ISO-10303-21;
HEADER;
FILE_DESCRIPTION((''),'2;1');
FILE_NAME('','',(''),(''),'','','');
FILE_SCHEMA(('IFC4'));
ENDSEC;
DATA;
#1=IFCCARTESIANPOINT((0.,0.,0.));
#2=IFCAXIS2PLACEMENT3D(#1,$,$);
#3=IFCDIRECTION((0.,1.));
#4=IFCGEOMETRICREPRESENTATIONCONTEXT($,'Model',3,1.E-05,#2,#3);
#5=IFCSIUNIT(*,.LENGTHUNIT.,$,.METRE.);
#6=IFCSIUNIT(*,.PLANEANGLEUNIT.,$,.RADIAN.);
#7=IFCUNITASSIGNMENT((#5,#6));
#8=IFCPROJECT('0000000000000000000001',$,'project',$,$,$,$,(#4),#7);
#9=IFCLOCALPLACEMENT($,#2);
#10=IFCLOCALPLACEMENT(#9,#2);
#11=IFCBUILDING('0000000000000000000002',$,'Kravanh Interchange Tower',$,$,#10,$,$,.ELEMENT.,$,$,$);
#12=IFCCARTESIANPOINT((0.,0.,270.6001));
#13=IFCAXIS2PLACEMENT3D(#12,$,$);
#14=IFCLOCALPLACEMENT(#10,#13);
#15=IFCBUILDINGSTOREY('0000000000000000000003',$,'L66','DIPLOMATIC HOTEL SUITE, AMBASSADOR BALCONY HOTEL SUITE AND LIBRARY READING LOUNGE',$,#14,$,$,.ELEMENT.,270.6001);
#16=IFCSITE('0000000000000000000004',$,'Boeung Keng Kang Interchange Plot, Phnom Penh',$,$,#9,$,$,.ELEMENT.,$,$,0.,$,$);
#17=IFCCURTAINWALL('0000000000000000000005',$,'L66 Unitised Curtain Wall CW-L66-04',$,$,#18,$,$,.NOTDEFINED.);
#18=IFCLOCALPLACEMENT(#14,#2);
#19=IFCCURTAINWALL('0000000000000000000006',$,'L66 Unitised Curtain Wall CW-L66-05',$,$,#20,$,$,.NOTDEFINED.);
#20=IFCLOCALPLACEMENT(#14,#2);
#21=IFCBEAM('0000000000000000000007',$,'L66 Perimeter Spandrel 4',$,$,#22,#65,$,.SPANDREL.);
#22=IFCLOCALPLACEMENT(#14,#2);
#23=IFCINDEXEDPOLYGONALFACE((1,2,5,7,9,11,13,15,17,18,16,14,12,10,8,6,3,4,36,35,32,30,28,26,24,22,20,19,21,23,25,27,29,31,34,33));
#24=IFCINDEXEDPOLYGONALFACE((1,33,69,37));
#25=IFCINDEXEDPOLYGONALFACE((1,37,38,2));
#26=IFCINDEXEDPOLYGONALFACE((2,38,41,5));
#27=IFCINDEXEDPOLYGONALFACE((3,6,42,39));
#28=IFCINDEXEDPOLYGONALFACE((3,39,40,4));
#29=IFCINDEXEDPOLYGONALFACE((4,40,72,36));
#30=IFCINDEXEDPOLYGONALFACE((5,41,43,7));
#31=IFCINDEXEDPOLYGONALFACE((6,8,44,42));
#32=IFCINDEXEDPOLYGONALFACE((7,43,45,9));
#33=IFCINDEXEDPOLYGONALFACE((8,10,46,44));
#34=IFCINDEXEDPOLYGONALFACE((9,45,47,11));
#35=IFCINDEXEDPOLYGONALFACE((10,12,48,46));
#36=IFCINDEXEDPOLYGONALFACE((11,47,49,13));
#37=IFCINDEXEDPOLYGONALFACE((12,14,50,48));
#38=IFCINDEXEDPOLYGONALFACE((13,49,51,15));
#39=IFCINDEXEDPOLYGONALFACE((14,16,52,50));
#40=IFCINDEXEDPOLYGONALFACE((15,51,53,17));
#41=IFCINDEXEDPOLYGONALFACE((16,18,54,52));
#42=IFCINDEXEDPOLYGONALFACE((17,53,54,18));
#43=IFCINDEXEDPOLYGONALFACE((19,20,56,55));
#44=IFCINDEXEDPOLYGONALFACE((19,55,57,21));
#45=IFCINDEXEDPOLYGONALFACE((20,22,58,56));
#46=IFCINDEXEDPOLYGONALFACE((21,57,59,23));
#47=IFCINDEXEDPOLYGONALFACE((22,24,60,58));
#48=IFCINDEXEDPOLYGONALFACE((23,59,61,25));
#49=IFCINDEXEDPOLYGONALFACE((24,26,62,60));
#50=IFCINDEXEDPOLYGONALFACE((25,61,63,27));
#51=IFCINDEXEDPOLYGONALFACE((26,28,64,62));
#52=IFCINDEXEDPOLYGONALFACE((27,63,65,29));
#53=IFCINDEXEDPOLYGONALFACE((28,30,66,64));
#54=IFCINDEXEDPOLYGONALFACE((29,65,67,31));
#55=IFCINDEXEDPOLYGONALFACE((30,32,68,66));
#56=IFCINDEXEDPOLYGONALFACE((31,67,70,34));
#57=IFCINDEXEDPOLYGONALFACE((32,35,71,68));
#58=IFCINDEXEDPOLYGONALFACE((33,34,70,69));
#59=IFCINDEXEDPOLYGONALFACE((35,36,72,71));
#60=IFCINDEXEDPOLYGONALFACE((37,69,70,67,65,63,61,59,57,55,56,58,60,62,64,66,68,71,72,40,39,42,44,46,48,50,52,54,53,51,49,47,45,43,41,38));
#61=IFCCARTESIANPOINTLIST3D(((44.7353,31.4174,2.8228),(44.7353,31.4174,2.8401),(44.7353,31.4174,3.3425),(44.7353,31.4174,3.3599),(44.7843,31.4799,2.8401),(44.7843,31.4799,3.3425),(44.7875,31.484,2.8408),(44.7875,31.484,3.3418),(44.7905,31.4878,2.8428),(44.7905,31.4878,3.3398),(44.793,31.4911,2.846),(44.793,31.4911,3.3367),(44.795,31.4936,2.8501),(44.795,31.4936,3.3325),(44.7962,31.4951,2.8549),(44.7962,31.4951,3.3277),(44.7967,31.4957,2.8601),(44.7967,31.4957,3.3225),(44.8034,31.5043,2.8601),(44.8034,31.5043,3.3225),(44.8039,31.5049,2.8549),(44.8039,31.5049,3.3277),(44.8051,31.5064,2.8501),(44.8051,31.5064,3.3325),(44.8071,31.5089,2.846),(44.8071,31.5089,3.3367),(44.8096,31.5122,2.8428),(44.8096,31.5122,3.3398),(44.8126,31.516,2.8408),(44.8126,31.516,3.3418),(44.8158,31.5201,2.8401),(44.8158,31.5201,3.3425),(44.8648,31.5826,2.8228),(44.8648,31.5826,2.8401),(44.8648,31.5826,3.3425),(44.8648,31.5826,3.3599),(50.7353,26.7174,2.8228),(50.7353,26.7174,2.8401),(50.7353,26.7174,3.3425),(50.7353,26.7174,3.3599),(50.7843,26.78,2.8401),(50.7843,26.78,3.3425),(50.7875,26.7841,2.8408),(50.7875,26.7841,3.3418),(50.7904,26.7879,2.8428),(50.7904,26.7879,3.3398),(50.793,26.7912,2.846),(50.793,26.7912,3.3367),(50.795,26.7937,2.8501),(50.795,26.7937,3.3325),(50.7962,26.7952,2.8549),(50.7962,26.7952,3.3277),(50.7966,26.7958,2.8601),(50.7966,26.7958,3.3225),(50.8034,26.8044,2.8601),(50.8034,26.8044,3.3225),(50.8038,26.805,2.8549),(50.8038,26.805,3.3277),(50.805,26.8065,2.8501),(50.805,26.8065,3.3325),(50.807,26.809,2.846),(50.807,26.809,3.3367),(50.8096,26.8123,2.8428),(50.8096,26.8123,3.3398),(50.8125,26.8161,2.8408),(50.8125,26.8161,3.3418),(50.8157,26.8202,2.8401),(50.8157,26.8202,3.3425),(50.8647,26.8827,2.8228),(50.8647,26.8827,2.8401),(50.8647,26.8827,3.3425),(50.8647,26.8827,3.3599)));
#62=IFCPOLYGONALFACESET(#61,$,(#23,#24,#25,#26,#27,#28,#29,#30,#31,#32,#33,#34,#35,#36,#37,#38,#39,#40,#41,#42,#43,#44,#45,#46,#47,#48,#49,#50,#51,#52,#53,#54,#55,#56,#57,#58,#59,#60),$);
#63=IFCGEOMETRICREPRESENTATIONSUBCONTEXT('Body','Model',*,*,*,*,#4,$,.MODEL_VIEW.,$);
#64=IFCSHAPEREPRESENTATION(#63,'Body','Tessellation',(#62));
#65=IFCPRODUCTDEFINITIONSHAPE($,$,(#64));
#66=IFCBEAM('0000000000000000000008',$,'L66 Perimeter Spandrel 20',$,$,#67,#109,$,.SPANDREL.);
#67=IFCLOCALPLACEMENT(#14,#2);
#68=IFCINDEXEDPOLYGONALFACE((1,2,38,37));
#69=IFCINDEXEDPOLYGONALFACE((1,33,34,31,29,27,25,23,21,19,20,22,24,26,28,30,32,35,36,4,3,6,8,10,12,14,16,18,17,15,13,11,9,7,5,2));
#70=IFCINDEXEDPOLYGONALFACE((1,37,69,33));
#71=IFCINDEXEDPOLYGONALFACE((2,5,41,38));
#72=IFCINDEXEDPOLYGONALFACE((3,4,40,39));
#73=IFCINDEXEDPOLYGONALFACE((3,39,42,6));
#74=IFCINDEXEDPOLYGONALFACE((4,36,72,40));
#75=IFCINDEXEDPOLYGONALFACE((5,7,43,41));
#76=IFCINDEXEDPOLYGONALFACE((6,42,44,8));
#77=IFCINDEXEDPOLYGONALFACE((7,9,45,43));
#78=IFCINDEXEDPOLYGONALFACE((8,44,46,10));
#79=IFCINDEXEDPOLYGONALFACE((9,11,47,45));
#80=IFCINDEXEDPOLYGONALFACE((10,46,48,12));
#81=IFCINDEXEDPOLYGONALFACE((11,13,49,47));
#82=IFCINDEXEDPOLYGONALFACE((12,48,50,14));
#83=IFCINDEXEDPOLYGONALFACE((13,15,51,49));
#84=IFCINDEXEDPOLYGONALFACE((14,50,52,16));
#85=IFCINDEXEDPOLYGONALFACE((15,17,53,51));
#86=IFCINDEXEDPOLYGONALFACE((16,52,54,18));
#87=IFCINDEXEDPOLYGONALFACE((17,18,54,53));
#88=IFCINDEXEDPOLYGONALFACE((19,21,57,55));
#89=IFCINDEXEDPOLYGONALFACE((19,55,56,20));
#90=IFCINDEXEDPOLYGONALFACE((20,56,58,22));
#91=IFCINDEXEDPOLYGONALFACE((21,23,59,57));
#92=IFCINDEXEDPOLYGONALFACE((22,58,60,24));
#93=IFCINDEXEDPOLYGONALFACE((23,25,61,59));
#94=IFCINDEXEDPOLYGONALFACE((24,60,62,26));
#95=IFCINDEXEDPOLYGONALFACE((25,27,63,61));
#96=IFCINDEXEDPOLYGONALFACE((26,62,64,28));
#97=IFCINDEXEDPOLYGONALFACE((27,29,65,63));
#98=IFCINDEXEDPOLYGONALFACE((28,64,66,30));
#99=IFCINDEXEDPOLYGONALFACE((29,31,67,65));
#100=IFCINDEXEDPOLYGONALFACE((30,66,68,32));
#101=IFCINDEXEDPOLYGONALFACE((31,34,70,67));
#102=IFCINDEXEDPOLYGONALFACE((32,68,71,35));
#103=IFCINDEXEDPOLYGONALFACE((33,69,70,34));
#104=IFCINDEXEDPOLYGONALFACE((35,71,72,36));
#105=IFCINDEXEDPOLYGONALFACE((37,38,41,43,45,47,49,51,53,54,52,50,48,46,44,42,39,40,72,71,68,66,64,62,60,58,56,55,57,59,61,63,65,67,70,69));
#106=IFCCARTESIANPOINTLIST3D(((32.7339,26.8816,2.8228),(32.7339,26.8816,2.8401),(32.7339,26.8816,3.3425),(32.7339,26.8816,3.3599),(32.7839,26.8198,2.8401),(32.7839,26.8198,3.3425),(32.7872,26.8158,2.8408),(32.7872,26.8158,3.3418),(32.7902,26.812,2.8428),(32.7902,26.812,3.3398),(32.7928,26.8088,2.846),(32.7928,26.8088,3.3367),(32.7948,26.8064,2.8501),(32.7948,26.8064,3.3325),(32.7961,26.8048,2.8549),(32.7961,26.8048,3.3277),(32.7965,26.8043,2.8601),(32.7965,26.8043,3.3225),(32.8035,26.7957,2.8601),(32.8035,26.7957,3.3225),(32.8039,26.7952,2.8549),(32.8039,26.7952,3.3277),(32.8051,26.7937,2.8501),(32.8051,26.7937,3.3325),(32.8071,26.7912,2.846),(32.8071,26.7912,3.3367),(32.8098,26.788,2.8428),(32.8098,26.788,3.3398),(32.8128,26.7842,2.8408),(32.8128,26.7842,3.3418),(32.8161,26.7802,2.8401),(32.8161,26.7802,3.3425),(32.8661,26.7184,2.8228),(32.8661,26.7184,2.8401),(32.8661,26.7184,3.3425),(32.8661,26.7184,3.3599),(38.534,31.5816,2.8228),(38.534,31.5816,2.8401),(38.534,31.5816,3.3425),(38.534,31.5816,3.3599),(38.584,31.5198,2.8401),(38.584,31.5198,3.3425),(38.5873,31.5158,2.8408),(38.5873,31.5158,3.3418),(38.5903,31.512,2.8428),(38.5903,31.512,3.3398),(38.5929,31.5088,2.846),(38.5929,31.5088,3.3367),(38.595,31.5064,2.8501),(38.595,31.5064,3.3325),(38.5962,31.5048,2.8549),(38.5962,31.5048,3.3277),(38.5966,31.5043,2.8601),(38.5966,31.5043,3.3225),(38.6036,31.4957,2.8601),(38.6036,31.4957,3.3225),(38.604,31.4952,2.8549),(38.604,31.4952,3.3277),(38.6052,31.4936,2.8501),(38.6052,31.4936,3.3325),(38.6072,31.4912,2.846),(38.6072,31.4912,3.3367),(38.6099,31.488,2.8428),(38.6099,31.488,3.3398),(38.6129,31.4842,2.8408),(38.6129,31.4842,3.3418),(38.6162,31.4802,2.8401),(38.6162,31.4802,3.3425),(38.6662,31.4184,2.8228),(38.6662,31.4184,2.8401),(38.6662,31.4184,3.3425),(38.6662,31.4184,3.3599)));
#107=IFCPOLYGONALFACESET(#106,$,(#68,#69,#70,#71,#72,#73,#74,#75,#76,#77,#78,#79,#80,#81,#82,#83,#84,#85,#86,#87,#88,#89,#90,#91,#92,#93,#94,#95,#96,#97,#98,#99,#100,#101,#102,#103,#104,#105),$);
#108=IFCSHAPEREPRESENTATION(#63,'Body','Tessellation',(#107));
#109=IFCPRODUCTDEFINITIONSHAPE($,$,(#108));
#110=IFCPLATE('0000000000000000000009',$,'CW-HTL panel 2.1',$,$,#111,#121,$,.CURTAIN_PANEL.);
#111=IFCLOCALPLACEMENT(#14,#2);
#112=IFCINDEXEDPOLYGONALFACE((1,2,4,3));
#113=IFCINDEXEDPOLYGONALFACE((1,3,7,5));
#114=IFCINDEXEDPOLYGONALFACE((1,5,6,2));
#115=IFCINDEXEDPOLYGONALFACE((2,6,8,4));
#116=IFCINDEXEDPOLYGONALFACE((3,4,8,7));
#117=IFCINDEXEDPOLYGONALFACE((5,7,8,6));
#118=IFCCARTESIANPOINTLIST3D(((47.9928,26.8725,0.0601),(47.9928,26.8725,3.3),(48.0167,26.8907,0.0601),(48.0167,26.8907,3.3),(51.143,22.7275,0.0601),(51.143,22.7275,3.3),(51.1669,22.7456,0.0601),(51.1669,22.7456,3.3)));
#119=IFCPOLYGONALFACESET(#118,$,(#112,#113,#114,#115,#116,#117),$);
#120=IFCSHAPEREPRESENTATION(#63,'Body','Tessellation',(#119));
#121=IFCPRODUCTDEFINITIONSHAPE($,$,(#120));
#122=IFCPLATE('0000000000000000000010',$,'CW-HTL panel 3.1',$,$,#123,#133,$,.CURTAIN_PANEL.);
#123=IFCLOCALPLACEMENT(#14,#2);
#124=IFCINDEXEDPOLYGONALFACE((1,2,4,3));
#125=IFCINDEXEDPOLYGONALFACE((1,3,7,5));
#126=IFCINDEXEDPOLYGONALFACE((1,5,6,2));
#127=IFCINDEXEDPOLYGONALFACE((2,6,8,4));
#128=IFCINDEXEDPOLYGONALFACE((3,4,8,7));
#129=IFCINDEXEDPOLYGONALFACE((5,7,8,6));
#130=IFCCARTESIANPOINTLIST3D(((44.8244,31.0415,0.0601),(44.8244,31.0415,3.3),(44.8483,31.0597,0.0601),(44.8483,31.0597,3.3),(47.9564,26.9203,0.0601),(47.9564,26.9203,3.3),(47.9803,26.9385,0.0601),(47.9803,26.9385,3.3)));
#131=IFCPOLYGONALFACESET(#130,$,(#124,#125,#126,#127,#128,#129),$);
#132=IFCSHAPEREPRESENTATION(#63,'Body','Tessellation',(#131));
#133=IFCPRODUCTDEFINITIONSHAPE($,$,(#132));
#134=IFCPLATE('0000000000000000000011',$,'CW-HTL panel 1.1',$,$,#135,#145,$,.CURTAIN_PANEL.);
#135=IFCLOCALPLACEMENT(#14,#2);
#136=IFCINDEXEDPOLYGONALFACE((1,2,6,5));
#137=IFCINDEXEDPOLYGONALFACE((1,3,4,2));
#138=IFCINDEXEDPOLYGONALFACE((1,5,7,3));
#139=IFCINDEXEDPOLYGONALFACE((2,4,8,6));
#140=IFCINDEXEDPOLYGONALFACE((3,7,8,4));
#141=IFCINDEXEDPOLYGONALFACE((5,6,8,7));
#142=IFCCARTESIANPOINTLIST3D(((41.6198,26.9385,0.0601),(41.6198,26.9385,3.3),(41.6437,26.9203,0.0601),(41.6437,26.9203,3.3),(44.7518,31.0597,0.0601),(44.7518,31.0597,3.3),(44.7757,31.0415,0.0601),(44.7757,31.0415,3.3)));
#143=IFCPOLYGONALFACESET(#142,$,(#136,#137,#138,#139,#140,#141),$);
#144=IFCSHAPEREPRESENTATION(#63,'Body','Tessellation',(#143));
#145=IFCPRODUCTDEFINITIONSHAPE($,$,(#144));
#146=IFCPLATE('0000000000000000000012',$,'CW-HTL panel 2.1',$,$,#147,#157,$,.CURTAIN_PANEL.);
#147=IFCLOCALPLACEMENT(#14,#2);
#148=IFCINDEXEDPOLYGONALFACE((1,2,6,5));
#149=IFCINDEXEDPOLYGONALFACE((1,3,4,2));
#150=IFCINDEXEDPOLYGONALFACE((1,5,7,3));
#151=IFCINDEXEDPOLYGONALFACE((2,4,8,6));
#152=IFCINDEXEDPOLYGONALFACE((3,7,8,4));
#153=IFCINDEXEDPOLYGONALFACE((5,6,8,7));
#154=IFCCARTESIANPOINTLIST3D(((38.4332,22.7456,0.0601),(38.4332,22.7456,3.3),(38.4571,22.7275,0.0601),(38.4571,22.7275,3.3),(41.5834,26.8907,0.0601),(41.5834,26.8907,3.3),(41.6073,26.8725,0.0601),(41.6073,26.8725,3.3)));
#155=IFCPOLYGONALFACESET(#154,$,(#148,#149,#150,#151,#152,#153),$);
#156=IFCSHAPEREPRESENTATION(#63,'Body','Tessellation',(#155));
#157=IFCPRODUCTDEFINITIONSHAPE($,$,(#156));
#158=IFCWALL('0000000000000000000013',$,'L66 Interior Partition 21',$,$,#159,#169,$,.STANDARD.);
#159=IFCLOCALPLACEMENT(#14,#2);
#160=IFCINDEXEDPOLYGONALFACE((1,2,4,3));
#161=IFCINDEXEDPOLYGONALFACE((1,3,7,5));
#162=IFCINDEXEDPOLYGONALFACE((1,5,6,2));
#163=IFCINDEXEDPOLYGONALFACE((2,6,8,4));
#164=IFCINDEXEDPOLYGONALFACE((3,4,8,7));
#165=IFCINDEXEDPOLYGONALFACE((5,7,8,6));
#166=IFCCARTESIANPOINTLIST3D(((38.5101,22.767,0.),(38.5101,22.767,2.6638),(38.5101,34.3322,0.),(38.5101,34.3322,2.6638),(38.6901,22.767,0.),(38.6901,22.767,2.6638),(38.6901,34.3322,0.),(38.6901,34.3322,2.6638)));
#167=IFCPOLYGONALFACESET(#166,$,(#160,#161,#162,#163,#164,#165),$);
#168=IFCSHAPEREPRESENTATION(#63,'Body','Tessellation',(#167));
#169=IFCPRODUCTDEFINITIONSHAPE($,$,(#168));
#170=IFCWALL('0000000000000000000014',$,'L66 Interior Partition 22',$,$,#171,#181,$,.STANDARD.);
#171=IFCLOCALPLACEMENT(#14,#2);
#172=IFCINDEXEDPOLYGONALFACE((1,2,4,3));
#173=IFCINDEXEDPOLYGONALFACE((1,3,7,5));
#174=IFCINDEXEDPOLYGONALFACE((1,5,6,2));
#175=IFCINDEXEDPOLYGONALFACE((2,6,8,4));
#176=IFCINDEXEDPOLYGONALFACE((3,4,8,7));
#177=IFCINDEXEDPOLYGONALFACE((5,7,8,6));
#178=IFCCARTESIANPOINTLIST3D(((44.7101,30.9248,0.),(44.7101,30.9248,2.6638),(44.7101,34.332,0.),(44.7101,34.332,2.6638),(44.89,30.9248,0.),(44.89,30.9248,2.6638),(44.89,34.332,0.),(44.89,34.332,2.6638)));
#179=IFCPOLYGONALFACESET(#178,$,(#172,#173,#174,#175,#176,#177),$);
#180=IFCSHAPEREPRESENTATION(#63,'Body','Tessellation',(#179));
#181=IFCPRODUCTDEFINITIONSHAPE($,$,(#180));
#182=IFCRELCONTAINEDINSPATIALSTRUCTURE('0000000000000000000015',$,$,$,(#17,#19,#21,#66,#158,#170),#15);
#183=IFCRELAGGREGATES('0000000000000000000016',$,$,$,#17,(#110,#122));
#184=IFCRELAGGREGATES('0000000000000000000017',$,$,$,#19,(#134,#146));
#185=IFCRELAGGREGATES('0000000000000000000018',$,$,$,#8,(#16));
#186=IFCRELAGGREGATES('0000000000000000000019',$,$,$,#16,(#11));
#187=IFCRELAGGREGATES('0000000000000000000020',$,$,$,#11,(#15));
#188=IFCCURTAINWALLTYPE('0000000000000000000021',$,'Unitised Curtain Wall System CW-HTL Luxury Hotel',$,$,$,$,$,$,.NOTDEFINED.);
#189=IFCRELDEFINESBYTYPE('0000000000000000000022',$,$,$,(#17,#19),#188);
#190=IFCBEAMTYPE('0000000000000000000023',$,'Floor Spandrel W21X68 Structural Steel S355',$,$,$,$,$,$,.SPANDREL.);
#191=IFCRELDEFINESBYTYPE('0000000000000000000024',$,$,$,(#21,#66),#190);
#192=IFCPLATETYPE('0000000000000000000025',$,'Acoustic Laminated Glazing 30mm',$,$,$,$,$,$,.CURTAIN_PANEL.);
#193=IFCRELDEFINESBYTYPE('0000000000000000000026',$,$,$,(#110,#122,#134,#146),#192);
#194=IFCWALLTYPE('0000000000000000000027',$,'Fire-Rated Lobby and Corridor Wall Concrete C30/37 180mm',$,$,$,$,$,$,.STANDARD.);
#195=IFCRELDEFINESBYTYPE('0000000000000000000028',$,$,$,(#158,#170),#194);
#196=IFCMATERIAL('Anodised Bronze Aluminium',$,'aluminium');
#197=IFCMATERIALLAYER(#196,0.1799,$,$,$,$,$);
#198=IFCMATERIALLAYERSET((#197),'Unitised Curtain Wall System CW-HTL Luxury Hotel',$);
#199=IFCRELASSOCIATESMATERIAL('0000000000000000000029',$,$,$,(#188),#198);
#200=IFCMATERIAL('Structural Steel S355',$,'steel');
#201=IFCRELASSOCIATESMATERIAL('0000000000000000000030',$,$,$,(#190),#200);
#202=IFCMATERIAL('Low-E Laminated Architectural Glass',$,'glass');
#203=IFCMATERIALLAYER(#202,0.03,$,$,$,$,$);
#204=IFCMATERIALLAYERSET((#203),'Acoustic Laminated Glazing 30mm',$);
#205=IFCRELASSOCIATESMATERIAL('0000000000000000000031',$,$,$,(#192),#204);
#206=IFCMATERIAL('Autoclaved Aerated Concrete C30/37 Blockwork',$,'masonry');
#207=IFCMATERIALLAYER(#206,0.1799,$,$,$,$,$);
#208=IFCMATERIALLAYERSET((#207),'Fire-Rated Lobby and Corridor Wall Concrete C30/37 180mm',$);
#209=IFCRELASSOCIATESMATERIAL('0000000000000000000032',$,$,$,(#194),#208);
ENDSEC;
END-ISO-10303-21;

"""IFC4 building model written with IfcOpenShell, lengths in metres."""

from ifc_helpers import new_model, si_unit, direction, frame, frame_2d, origin, origin_2d, place, context, subcontext, project, spatial, rectangle, i_section, extrude, material, layer, layer_set, material_profile, profile_set, type_object, element, aggregate, save


model = new_model("IFC4")

# Units and contexts
model_context = context("Model", 3, precision=1e-05, world=origin(), true_north=direction((0.0, 1.0)))
body_context = subcontext(model_context, "Body", "Model", "MODEL_VIEW")
ifc_project = project(units=[si_unit("LENGTHUNIT", "METRE"), si_unit("PLANEANGLEUNIT", "RADIAN")], contexts=[model_context])

# Site, building, storey
site_placement = place(None, origin())
site = spatial("IfcSite", under=ifc_project, at=site_placement, Name="Boeung Keng Kang Interchange Plot, Phnom Penh", CompositionType="ELEMENT", RefElevation=0.0)
building_placement = place(site_placement, origin())
building = spatial("IfcBuilding", under=site, at=building_placement, Name="Kravanh Interchange Tower", CompositionType="ELEMENT")
storey_placement = place(building_placement, frame((0.0, 0.0, 270.6001)))
storey = spatial("IfcBuildingStorey", under=building, at=storey_placement, Name="L66", Description="DIPLOMATIC HOTEL SUITE, AMBASSADOR BALCONY HOTEL SUITE AND LIBRARY READING LOUNGE", CompositionType="ELEMENT", Elevation=270.6001)

# Curtain walls
ifc_material_1 = material(Name="Anodised Bronze Aluminium", Category="aluminium")
ifc_layer_1 = layer(ifc_material_1, 0.1799)
ifc_layer_set_1 = layer_set([ifc_layer_1], Name="Unitised Curtain Wall System CW-HTL Luxury Hotel")
curtain_wall_type = type_object("IfcCurtainWallType", Name="Unitised Curtain Wall System CW-HTL Luxury Hotel", PredefinedType="NOTDEFINED", material=ifc_layer_set_1)
curtain_wall_1_placement = place(storey_placement, origin())
curtain_wall_1 = element("IfcCurtainWall", 1, at=curtain_wall_1_placement, inside=storey, type_object=curtain_wall_type, Name="L66 Unitised Curtain Wall CW-L66-04", PredefinedType="NOTDEFINED")
curtain_wall_2_placement = place(storey_placement, origin())
curtain_wall_2 = element("IfcCurtainWall", 2, at=curtain_wall_2_placement, inside=storey, type_object=curtain_wall_type, Name="L66 Unitised Curtain Wall CW-L66-05", PredefinedType="NOTDEFINED")

# Beams
ifc_material_2 = material(Name="Structural Steel S355", Category="steel")
ifc_material_profile_1 = material_profile(ifc_material_2, i_section(OverallWidth=0.21, OverallDepth=0.5371, WebThickness=0.011, FlangeThickness=0.0173, FilletRadius=0.02, at=origin_2d()), Name="W21X68")
ifc_profile_set_1 = profile_set([ifc_material_profile_1], Name="Structural Steel S355")
beam_type_1 = type_object("IfcBeamType", Name="Floor Spandrel W21X68 Structural Steel S355", PredefinedType="SPANDREL", material=ifc_profile_set_1)
beam_1_placement = place(storey_placement, frame((44.8, 31.5, 3.0913), z_axis=(0.787231, -0.616658, 0.0), x_axis=(0.616658, 0.787231, 0.0)))
element("IfcBeam", 3, at=beam_1_placement, inside=storey, type_object=beam_type_1, Name="L66 Perimeter Spandrel 4", PredefinedType="SPANDREL", context=body_context, shape_type="SweptSolid", body=[
    extrude(i_section(OverallWidth=0.21, OverallDepth=0.5371, WebThickness=0.011, FlangeThickness=0.0173, FilletRadius=0.02, at=origin_2d()), origin(), (0.0, 0.0, 1.0), 7.6216),
])
beam_2_placement = place(storey_placement, frame((38.6001, 31.5, 3.0913), z_axis=(-0.776939, -0.629576, 0.0), x_axis=(0.629576, -0.776939, 0.0)))
element("IfcBeam", 4, at=beam_2_placement, inside=storey, type_object=beam_type_1, Name="L66 Perimeter Spandrel 20", PredefinedType="SPANDREL", context=body_context, shape_type="SweptSolid", body=[
    extrude(i_section(OverallWidth=0.21, OverallDepth=0.5371, WebThickness=0.011, FlangeThickness=0.0173, FilletRadius=0.02, at=origin_2d()), origin(), (0.0, 0.0, 1.0), 7.4653),
])

# Plates
ifc_material_3 = material(Name="Low-E Laminated Architectural Glass", Category="glass")
ifc_layer_2 = layer(ifc_material_3, 0.03)
ifc_layer_set_2 = layer_set([ifc_layer_2], Name="Acoustic Laminated Glazing 30mm")
plate_type = type_object("IfcPlateType", Name="Acoustic Laminated Glazing 30mm", PredefinedType="CURTAIN_PANEL", material=ifc_layer_set_2)
plate_1_placement = place(storey_placement, frame((49.5798, 24.8091, 0.0601), z_axis=(0.0, 0.0, 1.0), x_axis=(-0.605083, 0.796162, 0.0)))
plate_1 = element("IfcPlate", 5, at=plate_1_placement, type_object=plate_type, Name="CW-HTL panel 2.1", PredefinedType="CURTAIN_PANEL", context=body_context, shape_type="SweptSolid", body=[
    extrude(rectangle(XDim=5.2063, YDim=0.03, at=origin_2d()), origin(), (0.0, 0.0, 1.0), 3.24),
])
plate_2_placement = place(storey_placement, frame((46.4023, 28.99, 0.0601), z_axis=(0.0, 0.0, 1.0), x_axis=(-0.605083, 0.796162, 0.0)))
plate_2 = element("IfcPlate", 6, at=plate_2_placement, type_object=plate_type, Name="CW-HTL panel 3.1", PredefinedType="CURTAIN_PANEL", context=body_context, shape_type="SweptSolid", body=[
    extrude(rectangle(XDim=5.1763, YDim=0.03, at=origin_2d()), origin(), (0.0, 0.0, 1.0), 3.24),
])
aggregate(curtain_wall_1, [plate_1, plate_2])
plate_3_placement = place(storey_placement, frame((43.1978, 28.99, 0.0601), z_axis=(0.0, 0.0, 1.0), x_axis=(-0.605083, -0.796162, 0.0)))
plate_3 = element("IfcPlate", 7, at=plate_3_placement, type_object=plate_type, Name="CW-HTL panel 1.1", PredefinedType="CURTAIN_PANEL", context=body_context, shape_type="SweptSolid", body=[
    extrude(rectangle(XDim=5.1763, YDim=0.03, at=origin_2d()), origin(), (0.0, 0.0, 1.0), 3.24),
])
plate_4_placement = place(storey_placement, frame((40.0203, 24.8091, 0.0601), z_axis=(0.0, 0.0, 1.0), x_axis=(-0.605083, -0.796162, 0.0)))
plate_4 = element("IfcPlate", 8, at=plate_4_placement, type_object=plate_type, Name="CW-HTL panel 2.1", PredefinedType="CURTAIN_PANEL", context=body_context, shape_type="SweptSolid", body=[
    extrude(rectangle(XDim=5.2063, YDim=0.03, at=origin_2d()), origin(), (0.0, 0.0, 1.0), 3.24),
])
aggregate(curtain_wall_2, [plate_3, plate_4])

# Walls
ifc_material_4 = material(Name="Autoclaved Aerated Concrete C30/37 Blockwork", Category="masonry")
ifc_layer_3 = layer(ifc_material_4, 0.1799)
ifc_layer_set_3 = layer_set([ifc_layer_3], Name="Fire-Rated Lobby and Corridor Wall Concrete C30/37 180mm")
wall_type = type_object("IfcWallType", Name="Fire-Rated Lobby and Corridor Wall Concrete C30/37 180mm", PredefinedType="STANDARD", material=ifc_layer_set_3)
wall_1_placement = place(storey_placement, frame((38.6001, 22.7668, 0.0), z_axis=(0.0, 0.0, 1.0), x_axis=(0.0, 1.0, 0.0)))
element("IfcWall", 9, at=wall_1_placement, inside=storey, type_object=wall_type, Name="L66 Interior Partition 21", PredefinedType="STANDARD", context=body_context, shape_type="SweptSolid", body=[
    extrude(rectangle(XDim=11.5652, YDim=0.1799, at=frame_2d((5.7827, 0.0))), origin(), (0.0, 0.0, 1.0), 2.6638),
])
wall_2_placement = place(storey_placement, frame((44.8, 30.9248, 0.0), z_axis=(0.0, 0.0, 1.0), x_axis=(0.0, 1.0, 0.0)))
element("IfcWall", 10, at=wall_2_placement, inside=storey, type_object=wall_type, Name="L66 Interior Partition 22", PredefinedType="STANDARD", context=body_context, shape_type="SweptSolid", body=[
    extrude(rectangle(XDim=3.4072, YDim=0.1799, at=frame_2d((1.7036, 0.0))), origin(), (0.0, 0.0, 1.0), 2.6638),
])

save(model, "model.ifc")
